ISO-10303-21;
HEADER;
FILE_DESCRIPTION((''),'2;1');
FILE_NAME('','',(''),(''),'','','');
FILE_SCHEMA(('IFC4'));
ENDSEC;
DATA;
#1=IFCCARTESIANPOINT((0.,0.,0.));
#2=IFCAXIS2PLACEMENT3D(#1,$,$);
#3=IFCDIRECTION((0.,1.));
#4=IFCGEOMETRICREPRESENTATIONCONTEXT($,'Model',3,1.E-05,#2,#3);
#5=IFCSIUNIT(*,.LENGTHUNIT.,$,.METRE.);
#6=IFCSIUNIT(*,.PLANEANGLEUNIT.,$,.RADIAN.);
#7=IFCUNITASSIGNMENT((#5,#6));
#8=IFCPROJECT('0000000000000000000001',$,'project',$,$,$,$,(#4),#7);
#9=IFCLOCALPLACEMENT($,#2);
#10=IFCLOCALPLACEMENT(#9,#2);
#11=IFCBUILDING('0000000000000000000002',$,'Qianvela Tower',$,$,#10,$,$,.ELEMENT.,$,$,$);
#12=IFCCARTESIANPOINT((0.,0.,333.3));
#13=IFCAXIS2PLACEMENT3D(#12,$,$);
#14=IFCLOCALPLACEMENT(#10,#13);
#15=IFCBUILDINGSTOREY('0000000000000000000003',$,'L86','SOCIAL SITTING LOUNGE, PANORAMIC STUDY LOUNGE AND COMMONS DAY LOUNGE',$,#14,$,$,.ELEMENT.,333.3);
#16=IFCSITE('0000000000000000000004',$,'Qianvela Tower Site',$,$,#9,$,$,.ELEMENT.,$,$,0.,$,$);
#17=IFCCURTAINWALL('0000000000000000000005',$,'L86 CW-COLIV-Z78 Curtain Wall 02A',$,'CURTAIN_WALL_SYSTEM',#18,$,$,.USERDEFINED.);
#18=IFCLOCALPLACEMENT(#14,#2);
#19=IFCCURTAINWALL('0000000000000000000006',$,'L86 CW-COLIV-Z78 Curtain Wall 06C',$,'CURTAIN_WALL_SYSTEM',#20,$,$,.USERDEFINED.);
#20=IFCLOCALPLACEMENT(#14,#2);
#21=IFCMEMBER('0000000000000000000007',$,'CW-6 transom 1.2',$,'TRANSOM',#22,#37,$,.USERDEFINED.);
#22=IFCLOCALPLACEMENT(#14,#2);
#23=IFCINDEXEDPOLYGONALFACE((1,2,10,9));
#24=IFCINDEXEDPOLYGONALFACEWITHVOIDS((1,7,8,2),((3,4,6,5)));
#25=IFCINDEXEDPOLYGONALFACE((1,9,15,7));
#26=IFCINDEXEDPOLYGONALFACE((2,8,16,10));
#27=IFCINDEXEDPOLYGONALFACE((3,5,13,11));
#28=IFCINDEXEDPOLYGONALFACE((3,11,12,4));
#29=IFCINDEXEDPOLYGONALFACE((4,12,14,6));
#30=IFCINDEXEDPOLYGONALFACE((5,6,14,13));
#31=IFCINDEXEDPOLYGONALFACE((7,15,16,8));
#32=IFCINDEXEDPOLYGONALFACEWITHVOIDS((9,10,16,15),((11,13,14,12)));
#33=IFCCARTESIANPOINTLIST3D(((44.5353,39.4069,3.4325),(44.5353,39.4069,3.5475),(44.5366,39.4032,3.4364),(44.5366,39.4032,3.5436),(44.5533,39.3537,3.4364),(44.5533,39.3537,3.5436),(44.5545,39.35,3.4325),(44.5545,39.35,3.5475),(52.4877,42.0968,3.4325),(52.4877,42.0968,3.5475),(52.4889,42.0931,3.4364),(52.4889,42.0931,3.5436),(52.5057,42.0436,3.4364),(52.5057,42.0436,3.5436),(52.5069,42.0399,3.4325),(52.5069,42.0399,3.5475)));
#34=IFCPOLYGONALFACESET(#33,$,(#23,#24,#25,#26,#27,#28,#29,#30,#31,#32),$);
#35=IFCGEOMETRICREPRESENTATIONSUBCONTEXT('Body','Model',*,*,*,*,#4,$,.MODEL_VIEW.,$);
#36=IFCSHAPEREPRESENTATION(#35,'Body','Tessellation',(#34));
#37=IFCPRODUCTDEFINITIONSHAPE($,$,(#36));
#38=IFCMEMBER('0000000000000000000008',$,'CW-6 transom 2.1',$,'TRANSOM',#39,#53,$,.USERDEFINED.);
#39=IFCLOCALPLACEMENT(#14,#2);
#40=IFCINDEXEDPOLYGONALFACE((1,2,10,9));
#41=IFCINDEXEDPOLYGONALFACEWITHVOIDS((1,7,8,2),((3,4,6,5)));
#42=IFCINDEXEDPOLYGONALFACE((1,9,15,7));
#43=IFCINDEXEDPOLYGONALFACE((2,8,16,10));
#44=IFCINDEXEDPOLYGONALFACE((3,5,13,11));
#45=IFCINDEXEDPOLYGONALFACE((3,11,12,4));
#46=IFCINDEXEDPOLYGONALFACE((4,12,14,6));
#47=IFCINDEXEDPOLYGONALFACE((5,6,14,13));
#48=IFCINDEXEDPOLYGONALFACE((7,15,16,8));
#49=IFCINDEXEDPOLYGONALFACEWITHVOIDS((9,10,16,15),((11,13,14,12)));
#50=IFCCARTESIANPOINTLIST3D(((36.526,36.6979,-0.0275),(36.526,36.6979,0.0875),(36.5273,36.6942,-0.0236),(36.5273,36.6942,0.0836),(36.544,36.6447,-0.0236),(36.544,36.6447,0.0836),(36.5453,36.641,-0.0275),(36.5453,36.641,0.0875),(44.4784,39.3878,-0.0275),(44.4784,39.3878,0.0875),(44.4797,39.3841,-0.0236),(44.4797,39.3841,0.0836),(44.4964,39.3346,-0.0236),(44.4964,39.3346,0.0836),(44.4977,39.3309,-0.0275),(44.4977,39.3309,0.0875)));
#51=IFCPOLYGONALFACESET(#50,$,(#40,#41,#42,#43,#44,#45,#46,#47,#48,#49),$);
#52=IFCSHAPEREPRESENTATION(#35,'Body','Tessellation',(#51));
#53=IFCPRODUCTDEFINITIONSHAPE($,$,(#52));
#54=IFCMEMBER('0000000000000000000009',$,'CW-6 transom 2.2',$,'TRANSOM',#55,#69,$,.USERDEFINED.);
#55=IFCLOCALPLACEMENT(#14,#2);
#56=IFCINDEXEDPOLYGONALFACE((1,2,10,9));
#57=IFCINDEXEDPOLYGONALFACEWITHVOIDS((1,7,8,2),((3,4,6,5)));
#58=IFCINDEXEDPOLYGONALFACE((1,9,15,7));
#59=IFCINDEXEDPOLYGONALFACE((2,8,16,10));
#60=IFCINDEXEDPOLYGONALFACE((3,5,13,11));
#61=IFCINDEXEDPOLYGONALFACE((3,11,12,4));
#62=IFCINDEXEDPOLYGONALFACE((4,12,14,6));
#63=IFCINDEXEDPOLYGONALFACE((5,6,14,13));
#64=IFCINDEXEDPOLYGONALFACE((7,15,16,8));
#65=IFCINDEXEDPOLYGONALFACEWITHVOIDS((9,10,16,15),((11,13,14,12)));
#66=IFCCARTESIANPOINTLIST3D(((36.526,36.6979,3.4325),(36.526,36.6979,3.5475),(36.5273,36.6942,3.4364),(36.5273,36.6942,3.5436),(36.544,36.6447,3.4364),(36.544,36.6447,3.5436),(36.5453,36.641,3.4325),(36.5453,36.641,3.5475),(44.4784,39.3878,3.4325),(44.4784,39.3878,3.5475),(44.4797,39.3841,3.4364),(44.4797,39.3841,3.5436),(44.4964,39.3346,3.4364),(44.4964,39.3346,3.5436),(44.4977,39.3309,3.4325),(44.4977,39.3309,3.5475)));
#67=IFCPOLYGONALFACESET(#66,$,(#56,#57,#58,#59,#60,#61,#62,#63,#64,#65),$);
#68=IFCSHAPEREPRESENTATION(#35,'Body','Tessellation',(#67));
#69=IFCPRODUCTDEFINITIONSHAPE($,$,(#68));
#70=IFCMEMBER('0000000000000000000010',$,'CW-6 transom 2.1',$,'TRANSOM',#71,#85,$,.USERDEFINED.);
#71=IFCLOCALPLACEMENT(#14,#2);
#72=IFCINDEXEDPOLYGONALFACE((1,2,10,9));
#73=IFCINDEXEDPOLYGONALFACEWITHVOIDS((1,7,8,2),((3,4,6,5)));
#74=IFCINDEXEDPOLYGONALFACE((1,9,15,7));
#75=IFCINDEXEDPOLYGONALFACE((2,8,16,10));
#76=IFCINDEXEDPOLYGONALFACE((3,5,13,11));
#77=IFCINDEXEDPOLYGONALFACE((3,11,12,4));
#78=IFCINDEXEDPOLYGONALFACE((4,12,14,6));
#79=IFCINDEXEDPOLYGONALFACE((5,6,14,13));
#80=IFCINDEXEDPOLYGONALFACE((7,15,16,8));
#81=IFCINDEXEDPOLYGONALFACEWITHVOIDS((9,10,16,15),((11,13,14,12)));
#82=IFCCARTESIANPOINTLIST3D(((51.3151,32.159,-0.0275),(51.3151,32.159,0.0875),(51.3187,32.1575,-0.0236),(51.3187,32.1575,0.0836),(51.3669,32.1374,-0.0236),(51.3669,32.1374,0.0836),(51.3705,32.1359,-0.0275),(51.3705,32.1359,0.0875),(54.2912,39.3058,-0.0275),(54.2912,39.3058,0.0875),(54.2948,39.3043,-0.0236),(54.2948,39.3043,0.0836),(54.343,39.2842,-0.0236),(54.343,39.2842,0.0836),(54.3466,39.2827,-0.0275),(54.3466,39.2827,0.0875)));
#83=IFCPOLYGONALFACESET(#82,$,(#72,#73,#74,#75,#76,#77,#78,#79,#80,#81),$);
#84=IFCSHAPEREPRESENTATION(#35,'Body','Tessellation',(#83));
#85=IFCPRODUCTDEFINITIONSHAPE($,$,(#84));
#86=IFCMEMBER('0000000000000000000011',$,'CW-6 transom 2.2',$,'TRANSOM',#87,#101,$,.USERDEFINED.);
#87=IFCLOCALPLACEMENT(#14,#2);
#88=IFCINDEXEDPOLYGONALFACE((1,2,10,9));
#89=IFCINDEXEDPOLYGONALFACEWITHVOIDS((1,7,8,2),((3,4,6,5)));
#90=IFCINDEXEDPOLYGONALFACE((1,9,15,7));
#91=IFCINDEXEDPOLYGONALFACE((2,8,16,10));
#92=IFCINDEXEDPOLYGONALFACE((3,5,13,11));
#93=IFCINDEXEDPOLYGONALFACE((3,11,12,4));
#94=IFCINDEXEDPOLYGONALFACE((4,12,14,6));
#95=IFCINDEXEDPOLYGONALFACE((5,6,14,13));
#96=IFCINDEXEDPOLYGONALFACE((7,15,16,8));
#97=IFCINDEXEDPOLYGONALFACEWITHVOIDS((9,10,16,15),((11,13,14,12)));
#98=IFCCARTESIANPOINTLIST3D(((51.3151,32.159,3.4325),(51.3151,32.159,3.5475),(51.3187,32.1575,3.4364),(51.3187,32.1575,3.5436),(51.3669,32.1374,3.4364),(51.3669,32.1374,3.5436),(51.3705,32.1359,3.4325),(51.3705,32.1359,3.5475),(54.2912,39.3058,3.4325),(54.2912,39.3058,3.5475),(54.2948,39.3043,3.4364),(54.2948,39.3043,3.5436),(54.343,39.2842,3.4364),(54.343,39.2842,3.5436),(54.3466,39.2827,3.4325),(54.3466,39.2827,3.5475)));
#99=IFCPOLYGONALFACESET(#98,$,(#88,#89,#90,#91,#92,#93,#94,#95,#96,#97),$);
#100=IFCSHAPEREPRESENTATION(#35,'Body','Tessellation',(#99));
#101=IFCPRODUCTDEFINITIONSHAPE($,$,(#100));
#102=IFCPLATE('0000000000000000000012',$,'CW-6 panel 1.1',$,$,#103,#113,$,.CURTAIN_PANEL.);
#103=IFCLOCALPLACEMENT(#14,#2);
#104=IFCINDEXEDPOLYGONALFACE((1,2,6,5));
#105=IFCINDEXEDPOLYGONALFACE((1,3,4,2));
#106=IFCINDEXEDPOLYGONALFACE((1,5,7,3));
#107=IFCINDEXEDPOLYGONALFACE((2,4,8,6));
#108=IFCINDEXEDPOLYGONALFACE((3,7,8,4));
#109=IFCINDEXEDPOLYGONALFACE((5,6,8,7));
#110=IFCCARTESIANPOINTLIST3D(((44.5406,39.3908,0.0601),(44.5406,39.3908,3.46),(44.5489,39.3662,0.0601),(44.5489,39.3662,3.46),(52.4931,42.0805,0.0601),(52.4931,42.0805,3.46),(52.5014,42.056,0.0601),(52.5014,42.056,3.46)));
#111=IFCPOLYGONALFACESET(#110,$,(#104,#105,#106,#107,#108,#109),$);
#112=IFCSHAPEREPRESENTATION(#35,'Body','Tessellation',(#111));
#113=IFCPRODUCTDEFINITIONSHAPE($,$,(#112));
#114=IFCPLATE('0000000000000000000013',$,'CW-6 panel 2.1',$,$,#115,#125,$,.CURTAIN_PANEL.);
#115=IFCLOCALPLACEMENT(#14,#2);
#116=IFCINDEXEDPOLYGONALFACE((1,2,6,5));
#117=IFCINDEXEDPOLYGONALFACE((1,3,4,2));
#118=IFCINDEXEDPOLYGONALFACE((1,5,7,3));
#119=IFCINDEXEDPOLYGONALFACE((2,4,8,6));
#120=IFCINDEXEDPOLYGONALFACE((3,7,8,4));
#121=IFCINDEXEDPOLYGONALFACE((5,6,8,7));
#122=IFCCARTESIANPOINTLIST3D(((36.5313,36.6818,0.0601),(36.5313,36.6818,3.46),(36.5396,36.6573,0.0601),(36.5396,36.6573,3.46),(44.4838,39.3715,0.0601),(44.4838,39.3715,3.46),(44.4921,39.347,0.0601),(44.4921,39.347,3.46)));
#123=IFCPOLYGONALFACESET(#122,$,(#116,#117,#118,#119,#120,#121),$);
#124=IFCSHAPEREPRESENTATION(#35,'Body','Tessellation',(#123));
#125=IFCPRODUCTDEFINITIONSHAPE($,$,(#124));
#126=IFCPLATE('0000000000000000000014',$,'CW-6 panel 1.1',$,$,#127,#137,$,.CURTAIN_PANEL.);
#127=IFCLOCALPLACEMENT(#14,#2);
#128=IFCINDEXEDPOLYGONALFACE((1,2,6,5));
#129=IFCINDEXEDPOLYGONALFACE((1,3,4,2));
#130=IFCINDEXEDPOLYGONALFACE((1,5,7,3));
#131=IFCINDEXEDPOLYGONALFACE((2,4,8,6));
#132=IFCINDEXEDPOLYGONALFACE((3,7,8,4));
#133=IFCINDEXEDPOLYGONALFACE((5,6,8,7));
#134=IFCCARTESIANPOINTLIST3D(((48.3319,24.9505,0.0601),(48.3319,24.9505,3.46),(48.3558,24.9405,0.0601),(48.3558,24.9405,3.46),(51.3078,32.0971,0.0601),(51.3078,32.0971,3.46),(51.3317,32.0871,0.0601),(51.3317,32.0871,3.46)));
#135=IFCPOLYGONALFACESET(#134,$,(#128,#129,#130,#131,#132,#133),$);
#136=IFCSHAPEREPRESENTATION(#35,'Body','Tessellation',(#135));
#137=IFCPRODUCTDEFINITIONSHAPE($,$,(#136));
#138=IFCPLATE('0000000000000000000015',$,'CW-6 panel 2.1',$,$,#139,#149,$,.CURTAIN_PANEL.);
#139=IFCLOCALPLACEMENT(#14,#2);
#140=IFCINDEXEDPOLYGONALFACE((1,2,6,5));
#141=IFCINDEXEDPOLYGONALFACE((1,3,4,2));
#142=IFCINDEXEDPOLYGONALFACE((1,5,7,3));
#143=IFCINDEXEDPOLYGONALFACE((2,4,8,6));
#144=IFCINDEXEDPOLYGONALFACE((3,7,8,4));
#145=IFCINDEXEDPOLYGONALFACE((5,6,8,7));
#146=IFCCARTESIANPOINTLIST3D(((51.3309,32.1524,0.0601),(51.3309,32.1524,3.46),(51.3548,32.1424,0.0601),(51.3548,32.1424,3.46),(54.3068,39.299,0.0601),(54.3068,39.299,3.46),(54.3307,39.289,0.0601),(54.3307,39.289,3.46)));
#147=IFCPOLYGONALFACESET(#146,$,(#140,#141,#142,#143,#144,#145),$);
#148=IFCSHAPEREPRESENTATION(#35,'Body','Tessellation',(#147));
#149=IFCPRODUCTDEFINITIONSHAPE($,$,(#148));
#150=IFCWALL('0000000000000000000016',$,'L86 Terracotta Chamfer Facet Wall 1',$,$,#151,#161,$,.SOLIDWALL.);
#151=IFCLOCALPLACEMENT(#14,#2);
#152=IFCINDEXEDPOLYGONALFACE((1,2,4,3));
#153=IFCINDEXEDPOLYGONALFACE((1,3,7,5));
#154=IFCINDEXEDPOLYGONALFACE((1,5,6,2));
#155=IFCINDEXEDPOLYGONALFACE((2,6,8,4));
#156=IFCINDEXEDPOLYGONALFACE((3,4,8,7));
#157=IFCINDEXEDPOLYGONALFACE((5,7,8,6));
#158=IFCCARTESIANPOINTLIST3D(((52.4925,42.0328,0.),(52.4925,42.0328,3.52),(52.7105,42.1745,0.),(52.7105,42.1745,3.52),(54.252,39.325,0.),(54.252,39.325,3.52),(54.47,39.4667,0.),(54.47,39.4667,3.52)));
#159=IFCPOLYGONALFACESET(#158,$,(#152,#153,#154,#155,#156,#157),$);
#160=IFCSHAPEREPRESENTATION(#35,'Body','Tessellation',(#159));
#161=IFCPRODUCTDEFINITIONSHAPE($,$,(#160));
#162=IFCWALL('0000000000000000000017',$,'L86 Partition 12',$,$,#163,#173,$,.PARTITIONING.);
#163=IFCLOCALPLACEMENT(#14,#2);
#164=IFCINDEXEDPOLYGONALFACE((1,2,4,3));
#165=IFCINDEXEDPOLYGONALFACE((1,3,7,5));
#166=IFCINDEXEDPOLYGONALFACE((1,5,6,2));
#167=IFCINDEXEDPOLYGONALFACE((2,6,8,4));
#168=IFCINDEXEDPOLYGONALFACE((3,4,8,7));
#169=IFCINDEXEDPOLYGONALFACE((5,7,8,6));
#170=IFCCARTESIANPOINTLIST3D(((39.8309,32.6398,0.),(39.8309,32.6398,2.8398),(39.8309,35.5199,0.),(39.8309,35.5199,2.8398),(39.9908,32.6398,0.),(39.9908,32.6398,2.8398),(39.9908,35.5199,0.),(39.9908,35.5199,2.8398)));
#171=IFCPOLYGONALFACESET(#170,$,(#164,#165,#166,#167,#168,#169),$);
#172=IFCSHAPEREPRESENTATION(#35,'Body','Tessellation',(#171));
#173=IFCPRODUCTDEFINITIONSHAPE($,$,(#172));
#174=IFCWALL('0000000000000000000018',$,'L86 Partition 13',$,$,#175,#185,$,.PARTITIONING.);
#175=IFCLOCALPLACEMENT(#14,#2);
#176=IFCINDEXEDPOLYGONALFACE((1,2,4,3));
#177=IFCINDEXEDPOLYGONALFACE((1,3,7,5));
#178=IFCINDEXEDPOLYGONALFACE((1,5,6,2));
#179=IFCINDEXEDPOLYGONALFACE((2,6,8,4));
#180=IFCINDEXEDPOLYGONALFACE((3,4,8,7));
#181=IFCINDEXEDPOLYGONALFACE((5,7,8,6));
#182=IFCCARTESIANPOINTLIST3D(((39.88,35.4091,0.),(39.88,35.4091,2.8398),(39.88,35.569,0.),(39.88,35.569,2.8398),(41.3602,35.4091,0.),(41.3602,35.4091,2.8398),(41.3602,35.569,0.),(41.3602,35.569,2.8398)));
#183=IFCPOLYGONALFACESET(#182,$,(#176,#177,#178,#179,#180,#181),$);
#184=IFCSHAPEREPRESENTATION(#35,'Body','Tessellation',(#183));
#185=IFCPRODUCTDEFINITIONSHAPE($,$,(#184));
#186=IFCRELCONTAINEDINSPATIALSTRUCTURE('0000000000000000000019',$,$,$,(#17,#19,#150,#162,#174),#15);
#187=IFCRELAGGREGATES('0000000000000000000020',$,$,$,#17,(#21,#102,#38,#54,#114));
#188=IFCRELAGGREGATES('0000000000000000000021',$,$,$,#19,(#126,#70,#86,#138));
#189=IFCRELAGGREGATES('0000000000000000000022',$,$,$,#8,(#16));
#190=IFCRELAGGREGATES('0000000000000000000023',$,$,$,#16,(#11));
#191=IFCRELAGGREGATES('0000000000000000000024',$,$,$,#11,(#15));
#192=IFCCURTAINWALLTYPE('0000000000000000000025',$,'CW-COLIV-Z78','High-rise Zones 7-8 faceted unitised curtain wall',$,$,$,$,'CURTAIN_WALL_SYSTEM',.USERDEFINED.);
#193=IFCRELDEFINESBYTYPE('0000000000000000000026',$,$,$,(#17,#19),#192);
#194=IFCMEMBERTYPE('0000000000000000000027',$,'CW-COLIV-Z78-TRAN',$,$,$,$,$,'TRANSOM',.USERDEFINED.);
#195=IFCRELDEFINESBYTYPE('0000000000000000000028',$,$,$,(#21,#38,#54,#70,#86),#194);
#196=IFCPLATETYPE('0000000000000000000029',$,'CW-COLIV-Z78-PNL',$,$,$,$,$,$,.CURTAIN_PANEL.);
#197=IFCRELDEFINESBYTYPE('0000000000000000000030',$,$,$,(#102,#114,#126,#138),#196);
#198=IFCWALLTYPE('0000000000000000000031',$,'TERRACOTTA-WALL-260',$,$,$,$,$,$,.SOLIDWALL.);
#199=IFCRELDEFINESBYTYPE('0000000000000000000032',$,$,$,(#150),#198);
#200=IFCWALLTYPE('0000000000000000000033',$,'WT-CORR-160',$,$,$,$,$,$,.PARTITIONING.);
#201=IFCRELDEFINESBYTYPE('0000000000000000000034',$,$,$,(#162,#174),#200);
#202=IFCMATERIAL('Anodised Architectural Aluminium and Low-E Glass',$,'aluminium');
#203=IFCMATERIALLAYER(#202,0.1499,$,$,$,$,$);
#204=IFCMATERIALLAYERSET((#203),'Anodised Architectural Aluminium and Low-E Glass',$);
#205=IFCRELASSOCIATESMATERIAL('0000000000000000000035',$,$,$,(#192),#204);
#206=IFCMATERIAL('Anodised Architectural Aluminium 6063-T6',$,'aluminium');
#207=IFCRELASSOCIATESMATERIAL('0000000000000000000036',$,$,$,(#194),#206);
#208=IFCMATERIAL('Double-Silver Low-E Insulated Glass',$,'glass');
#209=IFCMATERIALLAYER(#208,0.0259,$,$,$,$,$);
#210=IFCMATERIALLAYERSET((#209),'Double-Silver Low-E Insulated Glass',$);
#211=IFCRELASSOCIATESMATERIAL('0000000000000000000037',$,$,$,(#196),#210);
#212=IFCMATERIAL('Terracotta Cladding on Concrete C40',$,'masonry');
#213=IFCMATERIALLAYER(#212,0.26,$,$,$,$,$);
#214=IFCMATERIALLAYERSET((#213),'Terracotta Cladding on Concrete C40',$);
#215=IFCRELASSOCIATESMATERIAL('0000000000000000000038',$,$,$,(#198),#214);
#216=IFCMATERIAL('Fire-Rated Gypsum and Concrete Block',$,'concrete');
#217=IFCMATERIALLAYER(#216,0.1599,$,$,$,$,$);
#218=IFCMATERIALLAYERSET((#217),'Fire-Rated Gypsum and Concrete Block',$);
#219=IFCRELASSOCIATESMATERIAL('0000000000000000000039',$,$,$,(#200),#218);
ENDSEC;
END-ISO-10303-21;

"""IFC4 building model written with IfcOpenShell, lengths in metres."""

from ifc_helpers import new_model, si_unit, direction, frame, frame_2d, origin, origin_2d, place, context, subcontext, project, spatial, rectangle, hollow_rectangle, extrude, material, layer, layer_set, material_profile, profile_set, type_object, element, aggregate, save


model = new_model("IFC4")

# Units and contexts
model_context = context("Model", 3, precision=1e-05, world=origin(), true_north=direction((0.0, 1.0)))
body_context = subcontext(model_context, "Body", "Model", "MODEL_VIEW")
ifc_project = project(units=[si_unit("LENGTHUNIT", "METRE"), si_unit("PLANEANGLEUNIT", "RADIAN")], contexts=[model_context])

# Site, building, storey
site_placement = place(None, origin())
site = spatial("IfcSite", under=ifc_project, at=site_placement, Name="Qianvela Tower Site", CompositionType="ELEMENT", RefElevation=0.0)
building_placement = place(site_placement, origin())
building = spatial("IfcBuilding", under=site, at=building_placement, Name="Qianvela Tower", CompositionType="ELEMENT")
storey_placement = place(building_placement, frame((0.0, 0.0, 333.3)))
storey = spatial("IfcBuildingStorey", under=building, at=storey_placement, Name="L86", Description="SOCIAL SITTING LOUNGE, PANORAMIC STUDY LOUNGE AND COMMONS DAY LOUNGE", CompositionType="ELEMENT", Elevation=333.3)

# Curtain walls
ifc_material_1 = material(Name="Anodised Architectural Aluminium and Low-E Glass", Category="aluminium")
ifc_layer_1 = layer(ifc_material_1, 0.1499)
ifc_layer_set_1 = layer_set([ifc_layer_1], Name="Anodised Architectural Aluminium and Low-E Glass")
curtain_wall_type = type_object("IfcCurtainWallType", Name="CW-COLIV-Z78", Description="High-rise Zones 7-8 faceted unitised curtain wall", ElementType="CURTAIN_WALL_SYSTEM", PredefinedType="USERDEFINED", material=ifc_layer_set_1)
curtain_wall_1_placement = place(storey_placement, origin())
curtain_wall_1 = element("IfcCurtainWall", 1, at=curtain_wall_1_placement, inside=storey, type_object=curtain_wall_type, Name="L86 CW-COLIV-Z78 Curtain Wall 02A", ObjectType="CURTAIN_WALL_SYSTEM", PredefinedType="USERDEFINED")
curtain_wall_2_placement = place(storey_placement, origin())
curtain_wall_2 = element("IfcCurtainWall", 2, at=curtain_wall_2_placement, inside=storey, type_object=curtain_wall_type, Name="L86 CW-COLIV-Z78 Curtain Wall 06C", ObjectType="CURTAIN_WALL_SYSTEM", PredefinedType="USERDEFINED")

# Members
ifc_material_2 = material(Name="Anodised Architectural Aluminium 6063-T6", Category="aluminium")
ifc_material_profile_1 = material_profile(ifc_material_2, hollow_rectangle(XDim=0.0601, YDim=0.115, WallThickness=0.0039, at=origin_2d()), Name="ALU-TRAN-60x115")
ifc_profile_set_1 = profile_set([ifc_material_profile_1], Name="Anodised Architectural Aluminium 6063-T6")
member_type_1 = type_object("IfcMemberType", Name="CW-COLIV-Z78-TRAN", ElementType="TRANSOM", PredefinedType="USERDEFINED", material=ifc_profile_set_1)
member_1_placement = place(storey_placement, frame((52.4973, 42.0684, 3.49), z_axis=(-0.947275, -0.320421, 0.0), x_axis=(0.320421, -0.947275, 0.0)))
member_1 = element("IfcMember", 3, at=member_1_placement, type_object=member_type_1, Name="CW-6 transom 1.2", ObjectType="TRANSOM", PredefinedType="USERDEFINED", context=body_context, shape_type="SweptSolid", body=[
    extrude(hollow_rectangle(XDim=0.0601, YDim=0.115, WallThickness=0.0039, at=origin_2d()), origin(), (0.0, 0.0, 1.0), 8.395),
])
member_2_placement = place(storey_placement, frame((44.488, 39.3594, 0.03), z_axis=(-0.947275, -0.320421, 0.0), x_axis=(0.320421, -0.947275, 0.0)))
member_2 = element("IfcMember", 4, at=member_2_placement, type_object=member_type_1, Name="CW-6 transom 2.1", ObjectType="TRANSOM", PredefinedType="USERDEFINED", context=body_context, shape_type="SweptSolid", body=[
    extrude(hollow_rectangle(XDim=0.0601, YDim=0.115, WallThickness=0.0039, at=origin_2d()), origin(), (0.0, 0.0, 1.0), 8.395),
])
member_3_placement = place(storey_placement, frame((44.488, 39.3594, 3.49), z_axis=(-0.947275, -0.320421, 0.0), x_axis=(0.320421, -0.947275, 0.0)))
member_3 = element("IfcMember", 5, at=member_3_placement, type_object=member_type_1, Name="CW-6 transom 2.2", ObjectType="TRANSOM", PredefinedType="USERDEFINED", context=body_context, shape_type="SweptSolid", body=[
    extrude(hollow_rectangle(XDim=0.0601, YDim=0.115, WallThickness=0.0039, at=origin_2d()), origin(), (0.0, 0.0, 1.0), 8.395),
])
member_4_placement = place(storey_placement, frame((51.3428, 32.1475, 0.03), z_axis=(0.384425, 0.923156, 0.0), x_axis=(-0.923156, 0.384425, 0.0)))
member_4 = element("IfcMember", 6, at=member_4_placement, type_object=member_type_1, Name="CW-6 transom 2.1", ObjectType="TRANSOM", PredefinedType="USERDEFINED", context=body_context, shape_type="SweptSolid", body=[
    extrude(hollow_rectangle(XDim=0.0601, YDim=0.115, WallThickness=0.0039, at=origin_2d()), origin(), (0.0, 0.0, 1.0), 7.7417),
])
member_5_placement = place(storey_placement, frame((51.3428, 32.1475, 3.49), z_axis=(0.384425, 0.923156, 0.0), x_axis=(-0.923156, 0.384425, 0.0)))
member_5 = element("IfcMember", 7, at=member_5_placement, type_object=member_type_1, Name="CW-6 transom 2.2", ObjectType="TRANSOM", PredefinedType="USERDEFINED", context=body_context, shape_type="SweptSolid", body=[
    extrude(hollow_rectangle(XDim=0.0601, YDim=0.115, WallThickness=0.0039, at=origin_2d()), origin(), (0.0, 0.0, 1.0), 7.7417),
])

# Plates
ifc_material_3 = material(Name="Double-Silver Low-E Insulated Glass", Category="glass")
ifc_layer_2 = layer(ifc_material_3, 0.0259)
ifc_layer_set_2 = layer_set([ifc_layer_2], Name="Double-Silver Low-E Insulated Glass")
plate_type = type_object("IfcPlateType", Name="CW-COLIV-Z78-PNL", PredefinedType="CURTAIN_PANEL", material=ifc_layer_set_2)
plate_1_placement = place(storey_placement, frame((48.521, 40.7234, 0.0601), z_axis=(0.0, 0.0, 1.0), x_axis=(-0.947282, -0.3204, 0.0)))
plate_1 = element("IfcPlate", 8, at=plate_1_placement, type_object=plate_type, Name="CW-6 panel 1.1", PredefinedType="CURTAIN_PANEL", context=body_context, shape_type="SweptSolid", body=[
    extrude(rectangle(XDim=8.395, YDim=0.0259, at=origin_2d()), origin(), (0.0, 0.0, 1.0), 3.3999),
])
plate_2_placement = place(storey_placement, frame((40.5117, 38.0144, 0.0601), z_axis=(0.0, 0.0, 1.0), x_axis=(-0.947282, -0.3204, 0.0)))
plate_2 = element("IfcPlate", 9, at=plate_2_placement, type_object=plate_type, Name="CW-6 panel 2.1", PredefinedType="CURTAIN_PANEL", context=body_context, shape_type="SweptSolid", body=[
    extrude(rectangle(XDim=8.395, YDim=0.0259, at=origin_2d()), origin(), (0.0, 0.0, 1.0), 3.3999),
])
aggregate(curtain_wall_1, [member_1, plate_1, member_2, member_3, plate_2])
plate_3_placement = place(storey_placement, frame((49.8318, 28.5188, 0.0601), z_axis=(0.0, 0.0, 1.0), x_axis=(0.384415, 0.923161, 0.0)))
plate_3 = element("IfcPlate", 10, at=plate_3_placement, type_object=plate_type, Name="CW-6 panel 1.1", PredefinedType="CURTAIN_PANEL", context=body_context, shape_type="SweptSolid", body=[
    extrude(rectangle(XDim=7.7415, YDim=0.0259, at=origin_2d()), origin(), (0.0, 0.0, 1.0), 3.3999),
])
plate_4_placement = place(storey_placement, frame((52.8308, 35.7207, 0.0601), z_axis=(0.0, 0.0, 1.0), x_axis=(0.384415, 0.923161, 0.0)))
plate_4 = element("IfcPlate", 11, at=plate_4_placement, type_object=plate_type, Name="CW-6 panel 2.1", PredefinedType="CURTAIN_PANEL", context=body_context, shape_type="SweptSolid", body=[
    extrude(rectangle(XDim=7.7415, YDim=0.0259, at=origin_2d()), origin(), (0.0, 0.0, 1.0), 3.3999),
])
aggregate(curtain_wall_2, [plate_3, member_4, member_5, plate_4])

# Walls
ifc_material_4 = material(Name="Terracotta Cladding on Concrete C40", Category="masonry")
ifc_layer_3 = layer(ifc_material_4, 0.26)
ifc_layer_set_3 = layer_set([ifc_layer_3], Name="Terracotta Cladding on Concrete C40")
wall_type_1 = type_object("IfcWallType", Name="TERRACOTTA-WALL-260", PredefinedType="SOLIDWALL", material=ifc_layer_set_3)
wall_1_placement = place(storey_placement, frame((54.3611, 39.3958, 0.0), z_axis=(0.0, 0.0, 1.0), x_axis=(-0.544874, 0.838518, 0.0)))
element("IfcWall", 12, at=wall_1_placement, inside=storey, type_object=wall_type_1, Name="L86 Terracotta Chamfer Facet Wall 1", PredefinedType="SOLIDWALL", context=body_context, shape_type="SweptSolid", body=[
    extrude(rectangle(XDim=3.2292, YDim=0.26, at=frame_2d((1.6147, 0.0))), origin(), (0.0, 0.0, 1.0), 3.52),
])
ifc_material_5 = material(Name="Fire-Rated Gypsum and Concrete Block", Category="concrete")
ifc_layer_4 = layer(ifc_material_5, 0.1599)
ifc_layer_set_4 = layer_set([ifc_layer_4], Name="Fire-Rated Gypsum and Concrete Block")
wall_type_2 = type_object("IfcWallType", Name="WT-CORR-160", PredefinedType="PARTITIONING", material=ifc_layer_set_4)
wall_2_placement = place(storey_placement, frame((39.9109, 32.6399, 0.0), z_axis=(0.0, 0.0, 1.0), x_axis=(0.0, 1.0, 0.0)))
element("IfcWall", 13, at=wall_2_placement, inside=storey, type_object=wall_type_2, Name="L86 Partition 12", PredefinedType="PARTITIONING", context=body_context, shape_type="SweptSolid", body=[
    extrude(rectangle(XDim=2.8801, YDim=0.1599, at=frame_2d((1.4399, 0.0))), origin(), (0.0, 0.0, 1.0), 2.8398),
])
wall_3_placement = place(storey_placement, frame((39.8799, 35.489, 0.0), z_axis=(0.0, 0.0, 1.0), x_axis=(1.0, 0.0, 0.0)))
element("IfcWall", 14, at=wall_3_placement, inside=storey, type_object=wall_type_2, Name="L86 Partition 13", PredefinedType="PARTITIONING", context=body_context, shape_type="SweptSolid", body=[
    extrude(rectangle(XDim=1.4802, YDim=0.1599, at=frame_2d((0.7402, 0.0))), origin(), (0.0, 0.0, 1.0), 2.8398),
])

save(model, "model.ifc")
